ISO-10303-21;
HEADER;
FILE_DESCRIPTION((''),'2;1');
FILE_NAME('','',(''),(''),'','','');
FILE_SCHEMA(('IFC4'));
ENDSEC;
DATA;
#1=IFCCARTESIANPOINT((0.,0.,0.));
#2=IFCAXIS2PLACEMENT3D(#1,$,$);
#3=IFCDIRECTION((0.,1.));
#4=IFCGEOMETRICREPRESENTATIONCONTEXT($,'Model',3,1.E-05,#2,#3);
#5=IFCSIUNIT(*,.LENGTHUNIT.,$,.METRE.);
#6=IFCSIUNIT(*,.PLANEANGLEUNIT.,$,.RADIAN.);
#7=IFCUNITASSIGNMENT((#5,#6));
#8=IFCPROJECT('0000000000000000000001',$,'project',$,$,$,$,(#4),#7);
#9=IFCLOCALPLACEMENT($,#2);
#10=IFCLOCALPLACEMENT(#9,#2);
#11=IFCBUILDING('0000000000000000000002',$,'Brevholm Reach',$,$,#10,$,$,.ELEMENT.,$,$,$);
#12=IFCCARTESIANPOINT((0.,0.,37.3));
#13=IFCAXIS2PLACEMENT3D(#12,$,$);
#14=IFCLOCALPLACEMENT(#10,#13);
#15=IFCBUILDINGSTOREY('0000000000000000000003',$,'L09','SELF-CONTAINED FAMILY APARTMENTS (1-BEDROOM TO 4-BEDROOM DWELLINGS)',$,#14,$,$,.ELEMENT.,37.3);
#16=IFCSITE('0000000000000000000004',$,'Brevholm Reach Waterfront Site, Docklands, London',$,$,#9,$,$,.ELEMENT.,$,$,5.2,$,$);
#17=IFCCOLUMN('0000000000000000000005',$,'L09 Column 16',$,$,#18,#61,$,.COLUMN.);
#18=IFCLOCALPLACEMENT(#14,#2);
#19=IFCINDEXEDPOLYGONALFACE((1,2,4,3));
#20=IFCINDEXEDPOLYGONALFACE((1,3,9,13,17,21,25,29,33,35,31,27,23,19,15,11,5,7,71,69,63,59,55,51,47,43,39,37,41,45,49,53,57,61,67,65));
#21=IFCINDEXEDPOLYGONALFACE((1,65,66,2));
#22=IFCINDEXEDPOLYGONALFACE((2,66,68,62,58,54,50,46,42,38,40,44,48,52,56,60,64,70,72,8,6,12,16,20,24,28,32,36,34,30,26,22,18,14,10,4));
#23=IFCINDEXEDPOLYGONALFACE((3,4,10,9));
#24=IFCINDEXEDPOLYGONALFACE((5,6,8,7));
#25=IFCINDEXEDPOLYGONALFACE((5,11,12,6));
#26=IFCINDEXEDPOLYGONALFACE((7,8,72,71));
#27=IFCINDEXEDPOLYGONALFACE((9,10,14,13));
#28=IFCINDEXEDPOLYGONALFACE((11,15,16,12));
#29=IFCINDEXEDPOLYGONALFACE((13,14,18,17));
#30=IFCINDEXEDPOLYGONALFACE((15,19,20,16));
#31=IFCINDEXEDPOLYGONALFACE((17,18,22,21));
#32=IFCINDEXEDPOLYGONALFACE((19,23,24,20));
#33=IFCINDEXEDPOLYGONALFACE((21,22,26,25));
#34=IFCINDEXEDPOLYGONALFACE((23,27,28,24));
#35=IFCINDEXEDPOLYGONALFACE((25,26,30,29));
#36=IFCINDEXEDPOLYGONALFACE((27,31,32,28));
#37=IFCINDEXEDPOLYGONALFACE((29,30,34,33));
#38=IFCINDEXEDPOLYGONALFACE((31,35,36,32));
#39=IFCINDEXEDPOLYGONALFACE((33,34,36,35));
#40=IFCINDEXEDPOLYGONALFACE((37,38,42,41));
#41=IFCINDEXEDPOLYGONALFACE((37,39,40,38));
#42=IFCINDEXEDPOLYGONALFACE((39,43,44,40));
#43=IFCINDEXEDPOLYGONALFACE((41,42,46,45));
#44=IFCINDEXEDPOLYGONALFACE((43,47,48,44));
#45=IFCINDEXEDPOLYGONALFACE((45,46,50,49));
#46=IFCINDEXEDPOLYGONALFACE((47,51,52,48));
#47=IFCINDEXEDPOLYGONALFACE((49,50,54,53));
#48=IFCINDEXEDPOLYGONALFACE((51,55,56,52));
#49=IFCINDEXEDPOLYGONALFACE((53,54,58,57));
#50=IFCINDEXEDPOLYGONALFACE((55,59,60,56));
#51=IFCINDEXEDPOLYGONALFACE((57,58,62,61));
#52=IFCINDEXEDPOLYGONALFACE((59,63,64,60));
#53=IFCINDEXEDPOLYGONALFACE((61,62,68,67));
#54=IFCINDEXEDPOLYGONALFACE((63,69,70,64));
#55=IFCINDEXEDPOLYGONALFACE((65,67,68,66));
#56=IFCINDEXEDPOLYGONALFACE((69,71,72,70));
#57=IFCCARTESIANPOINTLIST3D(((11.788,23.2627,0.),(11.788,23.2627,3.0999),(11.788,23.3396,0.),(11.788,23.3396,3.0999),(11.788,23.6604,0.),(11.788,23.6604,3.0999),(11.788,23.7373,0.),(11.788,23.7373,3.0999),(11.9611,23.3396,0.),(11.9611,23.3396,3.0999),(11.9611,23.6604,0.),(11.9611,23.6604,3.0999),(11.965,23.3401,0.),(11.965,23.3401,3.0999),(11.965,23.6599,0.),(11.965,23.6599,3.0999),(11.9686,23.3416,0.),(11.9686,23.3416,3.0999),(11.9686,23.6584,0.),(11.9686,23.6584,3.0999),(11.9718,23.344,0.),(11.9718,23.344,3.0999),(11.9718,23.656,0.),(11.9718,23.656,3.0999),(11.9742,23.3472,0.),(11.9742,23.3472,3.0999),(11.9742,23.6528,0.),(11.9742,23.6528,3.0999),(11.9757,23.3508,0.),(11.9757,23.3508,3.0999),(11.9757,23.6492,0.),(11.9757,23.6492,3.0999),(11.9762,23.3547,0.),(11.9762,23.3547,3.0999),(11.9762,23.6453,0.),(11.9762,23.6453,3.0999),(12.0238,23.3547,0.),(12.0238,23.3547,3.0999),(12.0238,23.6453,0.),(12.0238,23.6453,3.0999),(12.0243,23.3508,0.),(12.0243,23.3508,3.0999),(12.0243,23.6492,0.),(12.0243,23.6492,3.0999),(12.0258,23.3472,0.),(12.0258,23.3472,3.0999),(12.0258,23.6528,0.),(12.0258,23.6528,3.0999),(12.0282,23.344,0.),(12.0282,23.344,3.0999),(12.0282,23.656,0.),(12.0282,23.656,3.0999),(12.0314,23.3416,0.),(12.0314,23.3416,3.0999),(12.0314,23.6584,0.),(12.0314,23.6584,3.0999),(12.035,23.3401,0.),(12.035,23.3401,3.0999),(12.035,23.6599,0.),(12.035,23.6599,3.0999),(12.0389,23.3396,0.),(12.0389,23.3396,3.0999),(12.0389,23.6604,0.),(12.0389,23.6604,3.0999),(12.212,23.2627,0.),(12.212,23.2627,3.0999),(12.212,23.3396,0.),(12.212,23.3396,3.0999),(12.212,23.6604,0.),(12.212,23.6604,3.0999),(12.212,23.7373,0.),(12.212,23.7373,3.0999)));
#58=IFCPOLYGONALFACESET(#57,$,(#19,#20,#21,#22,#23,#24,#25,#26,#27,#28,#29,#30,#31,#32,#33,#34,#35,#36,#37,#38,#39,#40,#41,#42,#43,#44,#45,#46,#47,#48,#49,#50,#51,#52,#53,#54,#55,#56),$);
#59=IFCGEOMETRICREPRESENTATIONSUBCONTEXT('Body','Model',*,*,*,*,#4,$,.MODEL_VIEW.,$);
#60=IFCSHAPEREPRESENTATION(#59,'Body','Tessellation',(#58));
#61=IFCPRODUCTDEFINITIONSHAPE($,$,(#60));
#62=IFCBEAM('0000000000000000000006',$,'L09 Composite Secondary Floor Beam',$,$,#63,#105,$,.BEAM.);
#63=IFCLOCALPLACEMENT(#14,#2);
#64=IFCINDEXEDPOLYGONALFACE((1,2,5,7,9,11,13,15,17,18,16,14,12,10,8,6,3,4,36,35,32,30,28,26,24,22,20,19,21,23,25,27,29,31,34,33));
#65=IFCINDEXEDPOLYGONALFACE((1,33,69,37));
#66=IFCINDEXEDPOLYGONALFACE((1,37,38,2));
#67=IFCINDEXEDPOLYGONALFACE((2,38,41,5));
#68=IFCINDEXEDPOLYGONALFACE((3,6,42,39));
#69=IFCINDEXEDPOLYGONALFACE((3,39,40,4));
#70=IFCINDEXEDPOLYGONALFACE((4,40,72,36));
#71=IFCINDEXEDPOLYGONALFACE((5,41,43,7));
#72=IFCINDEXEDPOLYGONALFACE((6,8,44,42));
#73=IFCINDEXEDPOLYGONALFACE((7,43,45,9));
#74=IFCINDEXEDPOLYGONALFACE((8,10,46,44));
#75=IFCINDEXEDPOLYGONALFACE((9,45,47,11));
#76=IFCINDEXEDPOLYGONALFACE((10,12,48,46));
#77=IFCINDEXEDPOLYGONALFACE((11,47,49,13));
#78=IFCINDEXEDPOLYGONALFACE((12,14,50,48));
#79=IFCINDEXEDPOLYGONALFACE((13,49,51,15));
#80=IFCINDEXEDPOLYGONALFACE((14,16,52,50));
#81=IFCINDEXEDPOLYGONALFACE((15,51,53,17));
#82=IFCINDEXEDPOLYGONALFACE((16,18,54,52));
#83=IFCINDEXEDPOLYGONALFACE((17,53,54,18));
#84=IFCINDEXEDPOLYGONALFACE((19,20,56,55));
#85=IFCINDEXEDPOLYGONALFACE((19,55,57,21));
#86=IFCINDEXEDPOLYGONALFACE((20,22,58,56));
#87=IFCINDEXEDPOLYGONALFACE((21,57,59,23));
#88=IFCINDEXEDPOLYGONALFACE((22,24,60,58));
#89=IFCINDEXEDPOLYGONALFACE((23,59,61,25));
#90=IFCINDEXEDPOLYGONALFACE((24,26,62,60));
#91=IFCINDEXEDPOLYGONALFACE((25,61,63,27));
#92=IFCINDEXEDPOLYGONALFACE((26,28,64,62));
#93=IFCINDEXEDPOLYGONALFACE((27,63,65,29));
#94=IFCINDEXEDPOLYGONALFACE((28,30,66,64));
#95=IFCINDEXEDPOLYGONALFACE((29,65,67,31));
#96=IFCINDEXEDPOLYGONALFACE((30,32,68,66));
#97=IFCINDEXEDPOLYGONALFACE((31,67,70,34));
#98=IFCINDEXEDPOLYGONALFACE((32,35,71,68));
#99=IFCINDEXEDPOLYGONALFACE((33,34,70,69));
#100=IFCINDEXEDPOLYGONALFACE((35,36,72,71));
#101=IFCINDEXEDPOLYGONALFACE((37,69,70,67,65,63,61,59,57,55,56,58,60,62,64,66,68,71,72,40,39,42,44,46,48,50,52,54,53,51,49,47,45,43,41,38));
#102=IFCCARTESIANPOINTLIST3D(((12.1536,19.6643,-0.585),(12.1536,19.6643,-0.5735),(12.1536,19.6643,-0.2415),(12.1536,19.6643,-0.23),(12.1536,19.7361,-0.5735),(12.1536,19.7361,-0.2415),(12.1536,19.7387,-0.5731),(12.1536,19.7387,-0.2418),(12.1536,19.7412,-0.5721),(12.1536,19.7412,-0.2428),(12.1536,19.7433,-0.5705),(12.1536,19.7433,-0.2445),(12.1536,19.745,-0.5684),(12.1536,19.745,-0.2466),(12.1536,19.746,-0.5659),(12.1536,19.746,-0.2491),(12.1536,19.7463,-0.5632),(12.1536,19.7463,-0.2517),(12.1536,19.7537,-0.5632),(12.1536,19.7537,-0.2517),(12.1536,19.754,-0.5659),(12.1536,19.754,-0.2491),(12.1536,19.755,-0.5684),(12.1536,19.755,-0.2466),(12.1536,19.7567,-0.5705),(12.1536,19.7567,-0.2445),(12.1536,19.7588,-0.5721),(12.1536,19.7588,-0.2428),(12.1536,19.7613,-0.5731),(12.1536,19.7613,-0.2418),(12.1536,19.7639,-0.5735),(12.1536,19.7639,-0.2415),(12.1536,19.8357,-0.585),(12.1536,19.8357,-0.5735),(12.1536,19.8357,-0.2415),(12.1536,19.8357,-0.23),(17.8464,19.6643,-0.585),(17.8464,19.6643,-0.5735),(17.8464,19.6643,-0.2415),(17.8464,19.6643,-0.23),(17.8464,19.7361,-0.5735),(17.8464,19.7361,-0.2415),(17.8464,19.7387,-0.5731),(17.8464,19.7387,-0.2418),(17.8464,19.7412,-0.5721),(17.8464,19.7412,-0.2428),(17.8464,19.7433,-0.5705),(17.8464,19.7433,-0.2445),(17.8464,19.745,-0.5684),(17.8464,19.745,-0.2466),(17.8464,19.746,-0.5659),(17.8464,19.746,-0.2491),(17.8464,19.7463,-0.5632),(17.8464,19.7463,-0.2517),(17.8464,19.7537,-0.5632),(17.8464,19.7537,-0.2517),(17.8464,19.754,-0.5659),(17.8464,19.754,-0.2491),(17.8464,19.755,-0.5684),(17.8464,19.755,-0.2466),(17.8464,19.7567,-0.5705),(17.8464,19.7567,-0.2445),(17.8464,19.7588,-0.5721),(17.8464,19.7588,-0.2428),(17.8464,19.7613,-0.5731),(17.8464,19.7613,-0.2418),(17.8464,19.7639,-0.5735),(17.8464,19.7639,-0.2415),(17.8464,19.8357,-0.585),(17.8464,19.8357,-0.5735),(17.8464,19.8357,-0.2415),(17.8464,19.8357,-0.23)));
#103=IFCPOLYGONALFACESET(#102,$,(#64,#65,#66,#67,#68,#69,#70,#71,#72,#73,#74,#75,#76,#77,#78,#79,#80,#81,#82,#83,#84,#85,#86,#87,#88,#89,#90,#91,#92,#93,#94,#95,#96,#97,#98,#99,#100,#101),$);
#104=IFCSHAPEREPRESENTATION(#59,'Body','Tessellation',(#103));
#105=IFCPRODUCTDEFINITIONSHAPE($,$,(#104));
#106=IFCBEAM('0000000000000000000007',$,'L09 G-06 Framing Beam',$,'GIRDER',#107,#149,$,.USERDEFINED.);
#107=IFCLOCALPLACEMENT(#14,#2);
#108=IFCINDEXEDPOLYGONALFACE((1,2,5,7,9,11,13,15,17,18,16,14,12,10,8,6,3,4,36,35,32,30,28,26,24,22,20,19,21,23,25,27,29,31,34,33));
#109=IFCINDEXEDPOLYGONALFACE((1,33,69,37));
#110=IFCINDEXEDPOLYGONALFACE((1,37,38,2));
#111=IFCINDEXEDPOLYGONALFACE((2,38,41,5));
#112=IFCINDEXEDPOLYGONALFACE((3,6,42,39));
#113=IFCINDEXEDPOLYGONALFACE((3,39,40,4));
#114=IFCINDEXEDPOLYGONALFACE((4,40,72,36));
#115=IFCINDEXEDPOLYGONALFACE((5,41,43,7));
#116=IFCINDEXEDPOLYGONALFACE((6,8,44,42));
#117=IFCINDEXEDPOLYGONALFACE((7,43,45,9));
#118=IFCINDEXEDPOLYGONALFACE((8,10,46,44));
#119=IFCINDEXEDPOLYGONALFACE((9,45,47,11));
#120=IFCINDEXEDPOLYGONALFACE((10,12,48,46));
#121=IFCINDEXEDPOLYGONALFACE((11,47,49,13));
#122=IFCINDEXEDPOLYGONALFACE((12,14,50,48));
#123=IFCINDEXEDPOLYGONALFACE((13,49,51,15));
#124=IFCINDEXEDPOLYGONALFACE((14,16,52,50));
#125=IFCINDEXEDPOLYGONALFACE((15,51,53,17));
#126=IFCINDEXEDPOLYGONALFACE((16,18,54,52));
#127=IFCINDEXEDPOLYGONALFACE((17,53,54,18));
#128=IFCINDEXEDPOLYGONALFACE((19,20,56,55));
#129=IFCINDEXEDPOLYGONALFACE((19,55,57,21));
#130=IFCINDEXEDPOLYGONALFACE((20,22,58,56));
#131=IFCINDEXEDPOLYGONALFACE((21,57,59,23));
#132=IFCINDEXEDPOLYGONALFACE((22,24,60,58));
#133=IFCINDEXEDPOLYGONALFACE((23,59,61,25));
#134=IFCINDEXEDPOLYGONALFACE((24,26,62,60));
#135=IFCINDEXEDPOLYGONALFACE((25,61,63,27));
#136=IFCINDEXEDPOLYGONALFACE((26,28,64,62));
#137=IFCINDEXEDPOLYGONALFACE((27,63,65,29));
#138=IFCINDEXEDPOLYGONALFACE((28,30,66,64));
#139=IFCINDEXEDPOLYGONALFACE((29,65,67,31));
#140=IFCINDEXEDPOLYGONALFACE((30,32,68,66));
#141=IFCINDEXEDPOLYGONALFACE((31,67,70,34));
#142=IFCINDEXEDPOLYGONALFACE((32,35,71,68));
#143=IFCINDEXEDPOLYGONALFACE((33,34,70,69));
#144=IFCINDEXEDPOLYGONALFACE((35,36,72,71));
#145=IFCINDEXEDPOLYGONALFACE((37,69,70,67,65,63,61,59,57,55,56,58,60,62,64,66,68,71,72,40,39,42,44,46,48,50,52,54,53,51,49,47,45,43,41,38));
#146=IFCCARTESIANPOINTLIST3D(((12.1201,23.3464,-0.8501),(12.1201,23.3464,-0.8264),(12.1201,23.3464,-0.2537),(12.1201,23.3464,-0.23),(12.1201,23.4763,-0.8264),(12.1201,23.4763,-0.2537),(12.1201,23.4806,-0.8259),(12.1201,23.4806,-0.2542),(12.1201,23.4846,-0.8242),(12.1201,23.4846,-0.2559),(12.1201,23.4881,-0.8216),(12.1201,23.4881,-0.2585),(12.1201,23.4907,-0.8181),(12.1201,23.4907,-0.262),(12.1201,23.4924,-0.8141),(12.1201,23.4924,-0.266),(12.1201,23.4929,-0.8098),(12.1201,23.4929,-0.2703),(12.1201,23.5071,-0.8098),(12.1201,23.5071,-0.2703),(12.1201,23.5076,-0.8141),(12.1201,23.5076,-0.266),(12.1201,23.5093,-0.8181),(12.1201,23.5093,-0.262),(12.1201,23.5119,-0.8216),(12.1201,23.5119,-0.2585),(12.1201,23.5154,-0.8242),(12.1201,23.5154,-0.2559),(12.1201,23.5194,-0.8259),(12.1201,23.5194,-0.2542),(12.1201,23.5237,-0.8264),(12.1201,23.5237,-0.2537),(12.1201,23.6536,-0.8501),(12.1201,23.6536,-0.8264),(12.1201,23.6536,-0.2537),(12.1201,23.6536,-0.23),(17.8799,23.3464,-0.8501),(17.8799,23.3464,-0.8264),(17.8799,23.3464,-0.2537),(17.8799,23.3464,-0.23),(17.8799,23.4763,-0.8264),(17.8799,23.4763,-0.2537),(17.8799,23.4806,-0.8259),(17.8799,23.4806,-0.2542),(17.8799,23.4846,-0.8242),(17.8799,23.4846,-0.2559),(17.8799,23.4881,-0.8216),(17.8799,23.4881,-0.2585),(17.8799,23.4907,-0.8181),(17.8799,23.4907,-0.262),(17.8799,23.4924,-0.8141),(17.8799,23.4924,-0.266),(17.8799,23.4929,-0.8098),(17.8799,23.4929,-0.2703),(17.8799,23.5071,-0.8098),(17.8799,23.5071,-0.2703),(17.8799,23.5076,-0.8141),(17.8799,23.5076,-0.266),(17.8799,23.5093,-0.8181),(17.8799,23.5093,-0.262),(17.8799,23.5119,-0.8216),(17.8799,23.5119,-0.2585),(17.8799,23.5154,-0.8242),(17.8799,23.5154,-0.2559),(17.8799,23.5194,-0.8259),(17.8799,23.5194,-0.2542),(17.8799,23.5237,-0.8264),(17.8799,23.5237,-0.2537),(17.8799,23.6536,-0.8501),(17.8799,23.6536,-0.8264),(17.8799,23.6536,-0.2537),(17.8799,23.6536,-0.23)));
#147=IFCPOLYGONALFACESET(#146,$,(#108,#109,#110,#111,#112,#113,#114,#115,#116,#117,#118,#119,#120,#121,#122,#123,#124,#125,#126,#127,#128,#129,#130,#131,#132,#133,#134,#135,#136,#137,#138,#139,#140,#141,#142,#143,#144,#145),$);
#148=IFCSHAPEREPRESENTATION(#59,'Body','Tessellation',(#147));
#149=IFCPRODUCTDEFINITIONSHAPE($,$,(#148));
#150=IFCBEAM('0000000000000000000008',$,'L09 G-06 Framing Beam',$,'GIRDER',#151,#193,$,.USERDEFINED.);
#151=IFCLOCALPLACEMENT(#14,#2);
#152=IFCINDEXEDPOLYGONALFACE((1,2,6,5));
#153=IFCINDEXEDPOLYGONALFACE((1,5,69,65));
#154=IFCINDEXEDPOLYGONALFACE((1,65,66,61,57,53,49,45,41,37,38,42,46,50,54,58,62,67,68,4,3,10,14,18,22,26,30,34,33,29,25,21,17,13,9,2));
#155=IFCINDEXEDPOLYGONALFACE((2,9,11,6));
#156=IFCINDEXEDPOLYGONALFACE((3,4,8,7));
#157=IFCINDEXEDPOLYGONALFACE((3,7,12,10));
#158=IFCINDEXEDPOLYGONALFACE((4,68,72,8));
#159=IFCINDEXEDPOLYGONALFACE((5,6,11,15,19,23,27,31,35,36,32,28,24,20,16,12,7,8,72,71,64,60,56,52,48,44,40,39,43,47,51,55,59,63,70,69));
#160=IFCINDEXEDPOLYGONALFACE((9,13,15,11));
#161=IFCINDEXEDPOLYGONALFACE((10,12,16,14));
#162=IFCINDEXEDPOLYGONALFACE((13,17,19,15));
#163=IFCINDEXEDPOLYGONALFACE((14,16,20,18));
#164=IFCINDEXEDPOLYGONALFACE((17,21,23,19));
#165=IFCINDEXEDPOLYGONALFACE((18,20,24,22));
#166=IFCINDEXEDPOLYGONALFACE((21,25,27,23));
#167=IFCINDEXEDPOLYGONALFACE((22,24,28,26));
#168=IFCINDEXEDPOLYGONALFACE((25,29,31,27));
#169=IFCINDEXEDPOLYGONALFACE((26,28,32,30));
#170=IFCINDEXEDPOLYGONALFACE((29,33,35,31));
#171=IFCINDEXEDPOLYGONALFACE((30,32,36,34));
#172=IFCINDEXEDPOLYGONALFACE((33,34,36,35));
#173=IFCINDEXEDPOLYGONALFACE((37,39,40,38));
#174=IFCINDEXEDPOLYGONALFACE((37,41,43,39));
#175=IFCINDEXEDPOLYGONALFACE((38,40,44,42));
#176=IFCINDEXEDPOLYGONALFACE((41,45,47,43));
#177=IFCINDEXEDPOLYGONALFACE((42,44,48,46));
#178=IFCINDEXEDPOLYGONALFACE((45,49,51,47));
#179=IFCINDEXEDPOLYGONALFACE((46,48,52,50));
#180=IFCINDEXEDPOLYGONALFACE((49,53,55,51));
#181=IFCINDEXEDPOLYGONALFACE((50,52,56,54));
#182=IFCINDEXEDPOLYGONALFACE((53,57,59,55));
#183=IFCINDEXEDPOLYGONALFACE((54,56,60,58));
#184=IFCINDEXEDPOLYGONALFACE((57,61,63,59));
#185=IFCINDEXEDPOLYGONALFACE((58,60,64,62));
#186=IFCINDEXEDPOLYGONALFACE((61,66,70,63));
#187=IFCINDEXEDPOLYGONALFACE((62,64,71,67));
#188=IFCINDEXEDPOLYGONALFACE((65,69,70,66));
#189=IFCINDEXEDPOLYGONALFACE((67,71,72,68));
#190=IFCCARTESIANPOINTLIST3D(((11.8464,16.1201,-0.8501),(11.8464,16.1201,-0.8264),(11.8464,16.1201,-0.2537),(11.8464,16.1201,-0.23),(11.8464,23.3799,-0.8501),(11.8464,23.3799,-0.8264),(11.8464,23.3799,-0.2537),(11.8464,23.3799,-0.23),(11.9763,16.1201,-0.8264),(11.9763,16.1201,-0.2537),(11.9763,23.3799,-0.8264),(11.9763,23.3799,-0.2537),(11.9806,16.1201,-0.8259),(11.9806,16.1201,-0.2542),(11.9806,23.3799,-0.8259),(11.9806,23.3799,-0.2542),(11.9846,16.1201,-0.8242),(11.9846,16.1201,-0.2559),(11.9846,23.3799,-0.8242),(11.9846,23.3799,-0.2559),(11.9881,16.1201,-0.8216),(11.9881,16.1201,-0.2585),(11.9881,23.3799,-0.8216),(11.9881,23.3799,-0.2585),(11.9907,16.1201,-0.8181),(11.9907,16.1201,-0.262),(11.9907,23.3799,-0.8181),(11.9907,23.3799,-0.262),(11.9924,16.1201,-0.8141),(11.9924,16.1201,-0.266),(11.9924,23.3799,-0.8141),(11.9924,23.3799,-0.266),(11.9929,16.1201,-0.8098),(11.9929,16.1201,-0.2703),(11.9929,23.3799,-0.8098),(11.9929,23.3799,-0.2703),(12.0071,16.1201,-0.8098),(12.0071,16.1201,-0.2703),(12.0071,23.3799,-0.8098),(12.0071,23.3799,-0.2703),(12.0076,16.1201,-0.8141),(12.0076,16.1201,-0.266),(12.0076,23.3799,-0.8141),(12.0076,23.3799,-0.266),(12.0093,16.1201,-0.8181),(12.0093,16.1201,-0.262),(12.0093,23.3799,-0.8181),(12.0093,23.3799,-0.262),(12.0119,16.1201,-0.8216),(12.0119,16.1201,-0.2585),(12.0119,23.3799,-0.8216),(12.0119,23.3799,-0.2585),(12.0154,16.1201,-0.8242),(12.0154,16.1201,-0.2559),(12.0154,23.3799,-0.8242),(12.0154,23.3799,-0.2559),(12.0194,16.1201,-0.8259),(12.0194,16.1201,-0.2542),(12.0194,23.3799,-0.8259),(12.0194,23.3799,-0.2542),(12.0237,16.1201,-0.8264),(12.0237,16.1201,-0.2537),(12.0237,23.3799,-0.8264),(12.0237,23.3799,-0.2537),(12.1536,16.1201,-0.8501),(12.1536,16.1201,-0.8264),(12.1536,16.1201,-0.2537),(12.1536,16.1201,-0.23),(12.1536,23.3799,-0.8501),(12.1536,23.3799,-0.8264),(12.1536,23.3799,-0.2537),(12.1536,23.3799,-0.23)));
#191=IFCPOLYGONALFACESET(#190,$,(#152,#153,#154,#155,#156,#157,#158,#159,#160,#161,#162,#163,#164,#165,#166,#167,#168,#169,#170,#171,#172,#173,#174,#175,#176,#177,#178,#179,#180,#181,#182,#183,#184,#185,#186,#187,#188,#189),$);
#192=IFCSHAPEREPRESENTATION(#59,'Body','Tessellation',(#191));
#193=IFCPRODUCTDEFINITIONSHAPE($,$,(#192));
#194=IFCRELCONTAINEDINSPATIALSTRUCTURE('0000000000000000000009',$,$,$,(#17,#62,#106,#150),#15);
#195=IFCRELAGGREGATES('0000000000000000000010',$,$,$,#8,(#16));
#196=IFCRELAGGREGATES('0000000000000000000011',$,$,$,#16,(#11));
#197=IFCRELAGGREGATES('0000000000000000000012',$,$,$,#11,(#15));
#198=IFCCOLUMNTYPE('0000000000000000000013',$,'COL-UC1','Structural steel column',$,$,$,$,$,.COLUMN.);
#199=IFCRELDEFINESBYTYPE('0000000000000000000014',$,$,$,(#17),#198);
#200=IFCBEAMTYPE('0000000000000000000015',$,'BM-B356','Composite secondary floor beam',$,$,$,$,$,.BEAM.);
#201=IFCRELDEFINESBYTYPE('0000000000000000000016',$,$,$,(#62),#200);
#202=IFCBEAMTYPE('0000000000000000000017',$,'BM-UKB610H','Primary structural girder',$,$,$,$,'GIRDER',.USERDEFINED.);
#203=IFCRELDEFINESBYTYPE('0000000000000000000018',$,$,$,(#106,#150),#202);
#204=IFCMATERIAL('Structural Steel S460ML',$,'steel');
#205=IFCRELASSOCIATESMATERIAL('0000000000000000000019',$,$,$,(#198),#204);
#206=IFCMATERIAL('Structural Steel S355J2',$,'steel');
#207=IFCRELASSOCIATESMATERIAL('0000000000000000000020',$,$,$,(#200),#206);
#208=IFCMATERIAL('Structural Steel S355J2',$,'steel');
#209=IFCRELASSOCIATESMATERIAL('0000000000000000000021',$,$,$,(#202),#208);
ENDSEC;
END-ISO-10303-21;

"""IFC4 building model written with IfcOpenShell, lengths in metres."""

from ifc_helpers import new_model, si_unit, direction, frame, origin, origin_2d, place, context, subcontext, project, spatial, i_section, extrude, material, material_profile, profile_set, type_object, element, save


model = new_model("IFC4")

# Units and contexts
model_context = context("Model", 3, precision=1e-05, world=origin(), true_north=direction((0.0, 1.0)))
body_context = subcontext(model_context, "Body", "Model", "MODEL_VIEW")
ifc_project = project(units=[si_unit("LENGTHUNIT", "METRE"), si_unit("PLANEANGLEUNIT", "RADIAN")], contexts=[model_context])

# Site, building, storey
site_placement = place(None, origin())
site = spatial("IfcSite", under=ifc_project, at=site_placement, Name="Brevholm Reach Waterfront Site, Docklands, London", CompositionType="ELEMENT", RefElevation=5.2)
building_placement = place(site_placement, origin())
building = spatial("IfcBuilding", under=site, at=building_placement, Name="Brevholm Reach", CompositionType="ELEMENT")
storey_placement = place(building_placement, frame((0.0, 0.0, 37.3)))
storey = spatial("IfcBuildingStorey", under=building, at=storey_placement, Name="L09", Description="SELF-CONTAINED FAMILY APARTMENTS (1-BEDROOM TO 4-BEDROOM DWELLINGS)", CompositionType="ELEMENT", Elevation=37.3)

# Column
ifc_material_1 = material(Name="Structural Steel S460ML", Category="steel")
ifc_material_profile_1 = material_profile(ifc_material_1, i_section(OverallWidth=0.4241, OverallDepth=0.4746, WebThickness=0.0476, FlangeThickness=0.0769, FilletRadius=0.0151, at=origin_2d()), Name="UKC 356x406x634")
ifc_profile_set_1 = profile_set([ifc_material_profile_1], Name="Structural Steel S460ML")
column_type = type_object("IfcColumnType", Name="COL-UC1", Description="Structural steel column", PredefinedType="COLUMN", material=ifc_profile_set_1)
column_placement = place(storey_placement, frame((12.0, 23.5, 0.0), z_axis=(0.0, 0.0, 1.0), x_axis=(1.0, 0.0, 0.0)))
element("IfcColumn", 1, at=column_placement, inside=storey, type_object=column_type, Name="L09 Column 16", PredefinedType="COLUMN", context=body_context, shape_type="SweptSolid", body=[
    extrude(i_section(OverallWidth=0.4241, OverallDepth=0.4746, WebThickness=0.0476, FlangeThickness=0.0769, FilletRadius=0.0151, at=origin_2d()), origin(), (0.0, 0.0, 1.0), 3.0999),
])

# Beams
ifc_material_2 = material(Name="Structural Steel S355J2", Category="steel")
ifc_material_profile_2 = material_profile(ifc_material_2, i_section(OverallWidth=0.1714, OverallDepth=0.355, WebThickness=0.0073, FlangeThickness=0.0115, FilletRadius=0.0103, at=origin_2d()), Name="UKB 356x171x51")
ifc_profile_set_2 = profile_set([ifc_material_profile_2], Name="Structural Steel S355J2")
beam_type_1 = type_object("IfcBeamType", Name="BM-B356", Description="Composite secondary floor beam", PredefinedType="BEAM", material=ifc_profile_set_2)
beam_1_placement = place(storey_placement, frame((12.1536, 19.75, -0.4075), z_axis=(1.0, 0.0, 0.0), x_axis=(0.0, 1.0, 0.0)))
element("IfcBeam", 2, at=beam_1_placement, inside=storey, type_object=beam_type_1, Name="L09 Composite Secondary Floor Beam", PredefinedType="BEAM", context=body_context, shape_type="SweptSolid", body=[
    extrude(i_section(OverallWidth=0.1714, OverallDepth=0.355, WebThickness=0.0073, FlangeThickness=0.0115, FilletRadius=0.0103, at=origin_2d()), origin(), (0.0, 0.0, 1.0), 5.6929),
])
ifc_material_3 = material(Name="Structural Steel S355J2", Category="steel")
ifc_material_profile_3 = material_profile(ifc_material_3, i_section(OverallWidth=0.3071, OverallDepth=0.6201, WebThickness=0.0142, FlangeThickness=0.0237, FilletRadius=0.0166, at=origin_2d()), Name="UKB 610x305x179")
ifc_profile_set_3 = profile_set([ifc_material_profile_3], Name="Structural Steel S355J2")
beam_type_2 = type_object("IfcBeamType", Name="BM-UKB610H", Description="Primary structural girder", ElementType="GIRDER", PredefinedType="USERDEFINED", material=ifc_profile_set_3)
beam_2_placement = place(storey_placement, frame((12.1201, 23.5, -0.54), z_axis=(1.0, 0.0, 0.0), x_axis=(0.0, 1.0, 0.0)))
element("IfcBeam", 3, at=beam_2_placement, inside=storey, type_object=beam_type_2, Name="L09 G-06 Framing Beam", ObjectType="GIRDER", PredefinedType="USERDEFINED", context=body_context, shape_type="SweptSolid", body=[
    extrude(i_section(OverallWidth=0.3071, OverallDepth=0.6201, WebThickness=0.0142, FlangeThickness=0.0237, FilletRadius=0.0166, at=origin_2d()), origin(), (0.0, 0.0, 1.0), 5.7598),
])
beam_3_placement = place(storey_placement, frame((12.0, 16.1201, -0.54), z_axis=(0.0, 1.0, 0.0), x_axis=(-1.0, 0.0, 0.0)))
element("IfcBeam", 4, at=beam_3_placement, inside=storey, type_object=beam_type_2, Name="L09 G-06 Framing Beam", ObjectType="GIRDER", PredefinedType="USERDEFINED", context=body_context, shape_type="SweptSolid", body=[
    extrude(i_section(OverallWidth=0.3071, OverallDepth=0.6201, WebThickness=0.0142, FlangeThickness=0.0237, FilletRadius=0.0166, at=origin_2d()), origin(), (0.0, 0.0, 1.0), 7.2598),
])

save(model, "model.ifc")
